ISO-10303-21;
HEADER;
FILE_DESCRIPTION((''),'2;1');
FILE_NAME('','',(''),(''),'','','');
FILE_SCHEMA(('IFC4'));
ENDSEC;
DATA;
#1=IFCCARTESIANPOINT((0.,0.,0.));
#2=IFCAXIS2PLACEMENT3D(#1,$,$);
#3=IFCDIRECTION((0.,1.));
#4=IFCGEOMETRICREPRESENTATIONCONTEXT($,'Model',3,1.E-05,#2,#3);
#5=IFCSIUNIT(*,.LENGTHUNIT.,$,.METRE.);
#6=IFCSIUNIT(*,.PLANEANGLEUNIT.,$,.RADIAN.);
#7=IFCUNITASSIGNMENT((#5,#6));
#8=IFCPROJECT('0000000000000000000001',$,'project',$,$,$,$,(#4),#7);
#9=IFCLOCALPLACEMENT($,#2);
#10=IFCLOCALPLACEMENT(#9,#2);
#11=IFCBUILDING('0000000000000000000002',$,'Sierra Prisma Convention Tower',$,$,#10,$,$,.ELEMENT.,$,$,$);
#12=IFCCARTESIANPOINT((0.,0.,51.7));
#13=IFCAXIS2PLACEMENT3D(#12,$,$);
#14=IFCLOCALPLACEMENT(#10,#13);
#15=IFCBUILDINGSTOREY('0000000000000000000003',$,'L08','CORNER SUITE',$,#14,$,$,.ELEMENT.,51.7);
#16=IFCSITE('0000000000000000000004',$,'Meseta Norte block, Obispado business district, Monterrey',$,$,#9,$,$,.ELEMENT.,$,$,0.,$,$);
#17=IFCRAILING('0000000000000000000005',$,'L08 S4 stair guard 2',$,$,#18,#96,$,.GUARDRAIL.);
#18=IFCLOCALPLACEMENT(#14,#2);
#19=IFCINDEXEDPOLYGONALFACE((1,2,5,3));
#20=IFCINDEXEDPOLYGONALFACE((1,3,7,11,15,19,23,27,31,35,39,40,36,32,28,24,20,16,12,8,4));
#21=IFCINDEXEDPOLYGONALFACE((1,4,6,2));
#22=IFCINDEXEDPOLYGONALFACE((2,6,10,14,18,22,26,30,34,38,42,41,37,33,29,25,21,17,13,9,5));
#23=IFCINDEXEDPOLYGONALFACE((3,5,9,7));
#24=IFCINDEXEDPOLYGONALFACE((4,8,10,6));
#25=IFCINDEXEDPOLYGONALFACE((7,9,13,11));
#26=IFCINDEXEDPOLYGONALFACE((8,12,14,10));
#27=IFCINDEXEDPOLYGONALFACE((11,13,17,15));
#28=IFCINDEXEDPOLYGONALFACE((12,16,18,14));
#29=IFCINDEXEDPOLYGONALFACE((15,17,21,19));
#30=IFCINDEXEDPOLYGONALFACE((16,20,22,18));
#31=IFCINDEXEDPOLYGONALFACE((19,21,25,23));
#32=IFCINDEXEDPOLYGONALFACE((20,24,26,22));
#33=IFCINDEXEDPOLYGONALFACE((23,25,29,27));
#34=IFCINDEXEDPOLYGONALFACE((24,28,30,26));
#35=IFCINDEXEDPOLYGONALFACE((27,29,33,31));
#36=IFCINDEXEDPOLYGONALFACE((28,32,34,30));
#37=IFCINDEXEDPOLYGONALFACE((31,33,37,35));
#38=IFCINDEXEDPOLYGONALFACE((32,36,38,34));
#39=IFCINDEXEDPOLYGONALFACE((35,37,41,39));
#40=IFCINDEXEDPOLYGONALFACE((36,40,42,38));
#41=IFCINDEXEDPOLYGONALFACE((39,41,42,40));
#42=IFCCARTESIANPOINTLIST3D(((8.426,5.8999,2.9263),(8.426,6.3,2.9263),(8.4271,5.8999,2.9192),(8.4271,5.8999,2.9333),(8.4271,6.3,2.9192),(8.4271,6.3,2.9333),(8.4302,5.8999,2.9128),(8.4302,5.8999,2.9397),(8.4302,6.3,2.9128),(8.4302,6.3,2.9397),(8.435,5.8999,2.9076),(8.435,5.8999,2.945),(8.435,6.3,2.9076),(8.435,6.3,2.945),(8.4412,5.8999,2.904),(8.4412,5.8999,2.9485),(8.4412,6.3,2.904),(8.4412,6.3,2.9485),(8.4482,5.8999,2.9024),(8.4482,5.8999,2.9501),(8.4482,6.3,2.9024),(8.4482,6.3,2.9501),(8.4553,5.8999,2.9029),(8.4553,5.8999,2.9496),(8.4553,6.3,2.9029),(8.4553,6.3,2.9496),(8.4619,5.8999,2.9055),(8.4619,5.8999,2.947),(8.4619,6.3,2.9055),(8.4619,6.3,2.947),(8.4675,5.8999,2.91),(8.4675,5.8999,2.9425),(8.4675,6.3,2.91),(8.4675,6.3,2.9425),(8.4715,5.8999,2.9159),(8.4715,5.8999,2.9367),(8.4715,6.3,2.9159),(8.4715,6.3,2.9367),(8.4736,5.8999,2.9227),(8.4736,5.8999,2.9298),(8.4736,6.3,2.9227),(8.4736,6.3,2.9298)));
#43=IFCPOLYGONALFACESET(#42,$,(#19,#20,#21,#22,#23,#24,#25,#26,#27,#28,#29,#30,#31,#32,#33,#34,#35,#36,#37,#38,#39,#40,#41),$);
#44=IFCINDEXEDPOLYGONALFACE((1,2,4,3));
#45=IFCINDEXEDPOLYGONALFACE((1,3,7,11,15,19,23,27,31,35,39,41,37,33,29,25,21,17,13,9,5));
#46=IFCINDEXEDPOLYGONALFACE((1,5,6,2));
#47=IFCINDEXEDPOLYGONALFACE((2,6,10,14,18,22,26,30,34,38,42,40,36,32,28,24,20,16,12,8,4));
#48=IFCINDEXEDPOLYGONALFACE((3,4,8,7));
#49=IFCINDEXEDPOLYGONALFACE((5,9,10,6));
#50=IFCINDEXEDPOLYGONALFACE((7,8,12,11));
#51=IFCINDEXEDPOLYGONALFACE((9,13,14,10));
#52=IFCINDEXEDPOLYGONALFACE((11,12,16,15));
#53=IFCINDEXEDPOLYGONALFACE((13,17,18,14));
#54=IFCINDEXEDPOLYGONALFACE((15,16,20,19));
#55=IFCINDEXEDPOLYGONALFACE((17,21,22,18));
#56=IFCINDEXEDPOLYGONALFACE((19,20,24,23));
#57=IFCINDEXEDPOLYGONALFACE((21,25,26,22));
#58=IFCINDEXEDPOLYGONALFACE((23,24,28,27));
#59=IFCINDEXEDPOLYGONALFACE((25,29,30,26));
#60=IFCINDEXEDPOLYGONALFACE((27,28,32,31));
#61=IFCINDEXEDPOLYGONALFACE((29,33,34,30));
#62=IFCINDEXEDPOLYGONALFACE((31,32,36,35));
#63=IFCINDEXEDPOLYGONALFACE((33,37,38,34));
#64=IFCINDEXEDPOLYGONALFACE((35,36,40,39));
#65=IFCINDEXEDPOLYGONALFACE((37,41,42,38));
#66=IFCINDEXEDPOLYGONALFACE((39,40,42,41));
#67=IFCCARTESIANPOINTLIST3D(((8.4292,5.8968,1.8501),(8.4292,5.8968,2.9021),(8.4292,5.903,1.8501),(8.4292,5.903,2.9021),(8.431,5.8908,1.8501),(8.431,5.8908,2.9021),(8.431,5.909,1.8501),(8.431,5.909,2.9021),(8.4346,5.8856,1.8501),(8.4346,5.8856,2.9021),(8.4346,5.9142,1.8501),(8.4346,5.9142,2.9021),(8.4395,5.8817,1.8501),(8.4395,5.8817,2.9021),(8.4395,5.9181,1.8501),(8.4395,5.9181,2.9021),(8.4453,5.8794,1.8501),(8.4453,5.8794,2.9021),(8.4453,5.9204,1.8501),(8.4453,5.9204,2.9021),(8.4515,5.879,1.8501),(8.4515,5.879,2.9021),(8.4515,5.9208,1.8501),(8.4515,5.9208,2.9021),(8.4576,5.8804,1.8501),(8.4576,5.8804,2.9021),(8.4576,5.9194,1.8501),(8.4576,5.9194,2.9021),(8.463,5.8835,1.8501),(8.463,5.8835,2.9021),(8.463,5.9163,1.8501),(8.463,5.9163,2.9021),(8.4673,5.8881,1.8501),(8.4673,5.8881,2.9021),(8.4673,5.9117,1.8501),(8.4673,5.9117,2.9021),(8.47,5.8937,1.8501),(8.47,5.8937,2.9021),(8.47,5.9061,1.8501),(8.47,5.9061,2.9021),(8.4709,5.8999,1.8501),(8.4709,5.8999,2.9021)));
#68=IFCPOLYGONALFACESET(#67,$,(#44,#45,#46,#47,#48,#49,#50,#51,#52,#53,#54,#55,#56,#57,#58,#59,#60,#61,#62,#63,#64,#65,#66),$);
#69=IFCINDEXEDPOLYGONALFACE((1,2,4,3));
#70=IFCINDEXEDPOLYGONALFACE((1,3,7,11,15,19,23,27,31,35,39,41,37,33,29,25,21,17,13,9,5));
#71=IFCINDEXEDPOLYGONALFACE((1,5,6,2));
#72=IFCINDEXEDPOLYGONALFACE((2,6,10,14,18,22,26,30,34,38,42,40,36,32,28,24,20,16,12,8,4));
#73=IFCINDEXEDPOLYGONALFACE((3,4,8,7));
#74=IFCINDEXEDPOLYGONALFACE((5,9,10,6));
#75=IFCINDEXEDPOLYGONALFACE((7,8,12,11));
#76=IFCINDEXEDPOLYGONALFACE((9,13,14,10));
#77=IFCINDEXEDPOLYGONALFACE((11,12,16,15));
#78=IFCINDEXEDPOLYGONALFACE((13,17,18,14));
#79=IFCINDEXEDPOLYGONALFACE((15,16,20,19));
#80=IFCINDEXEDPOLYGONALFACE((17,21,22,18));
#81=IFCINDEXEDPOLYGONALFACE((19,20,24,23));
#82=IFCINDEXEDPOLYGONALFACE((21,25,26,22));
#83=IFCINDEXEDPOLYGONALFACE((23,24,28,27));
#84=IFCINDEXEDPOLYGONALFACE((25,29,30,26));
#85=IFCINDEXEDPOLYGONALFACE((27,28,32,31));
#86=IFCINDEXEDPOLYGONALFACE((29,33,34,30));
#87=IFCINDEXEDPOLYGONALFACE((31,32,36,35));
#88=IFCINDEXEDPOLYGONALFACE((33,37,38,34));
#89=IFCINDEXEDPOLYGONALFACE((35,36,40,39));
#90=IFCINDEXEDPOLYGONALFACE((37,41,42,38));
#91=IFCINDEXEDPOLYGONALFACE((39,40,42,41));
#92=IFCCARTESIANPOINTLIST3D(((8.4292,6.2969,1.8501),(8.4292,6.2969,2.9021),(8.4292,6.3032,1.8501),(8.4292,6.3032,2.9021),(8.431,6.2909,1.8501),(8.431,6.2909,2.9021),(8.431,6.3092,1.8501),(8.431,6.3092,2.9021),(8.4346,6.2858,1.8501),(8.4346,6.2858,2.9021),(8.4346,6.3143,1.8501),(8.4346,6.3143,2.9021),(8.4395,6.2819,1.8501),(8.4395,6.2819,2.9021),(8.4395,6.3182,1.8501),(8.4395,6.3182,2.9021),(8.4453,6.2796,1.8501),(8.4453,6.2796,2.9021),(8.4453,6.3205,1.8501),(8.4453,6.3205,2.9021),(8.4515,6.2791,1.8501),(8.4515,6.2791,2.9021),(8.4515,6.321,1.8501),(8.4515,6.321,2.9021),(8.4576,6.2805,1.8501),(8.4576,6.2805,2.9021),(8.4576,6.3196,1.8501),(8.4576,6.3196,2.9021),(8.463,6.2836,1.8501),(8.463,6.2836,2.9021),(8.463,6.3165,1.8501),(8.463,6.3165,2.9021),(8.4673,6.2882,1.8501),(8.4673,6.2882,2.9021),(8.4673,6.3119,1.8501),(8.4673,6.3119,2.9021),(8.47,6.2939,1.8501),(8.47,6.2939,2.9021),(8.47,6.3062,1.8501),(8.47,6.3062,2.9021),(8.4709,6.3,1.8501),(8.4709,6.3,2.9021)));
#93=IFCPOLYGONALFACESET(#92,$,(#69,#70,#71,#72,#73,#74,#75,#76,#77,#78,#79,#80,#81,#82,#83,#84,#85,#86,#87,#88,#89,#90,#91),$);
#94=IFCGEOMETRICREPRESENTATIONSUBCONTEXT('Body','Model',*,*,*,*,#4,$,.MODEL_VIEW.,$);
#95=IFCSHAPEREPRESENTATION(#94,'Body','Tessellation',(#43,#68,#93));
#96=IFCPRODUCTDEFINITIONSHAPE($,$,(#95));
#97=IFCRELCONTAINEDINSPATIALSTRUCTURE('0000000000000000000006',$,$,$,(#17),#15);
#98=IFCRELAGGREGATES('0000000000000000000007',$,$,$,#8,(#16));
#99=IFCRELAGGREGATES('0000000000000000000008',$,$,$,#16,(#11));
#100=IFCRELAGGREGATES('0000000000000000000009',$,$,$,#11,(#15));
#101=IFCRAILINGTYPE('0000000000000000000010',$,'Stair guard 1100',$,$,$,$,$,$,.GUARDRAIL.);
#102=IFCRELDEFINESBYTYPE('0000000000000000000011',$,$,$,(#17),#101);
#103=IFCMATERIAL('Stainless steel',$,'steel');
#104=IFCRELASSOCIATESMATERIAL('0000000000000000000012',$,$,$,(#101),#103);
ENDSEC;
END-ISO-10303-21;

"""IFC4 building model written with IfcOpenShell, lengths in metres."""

from ifc_helpers import new_model, si_unit, direction, frame, origin, origin_2d, place, context, subcontext, project, spatial, circle, extrude, material, type_object, element, save


model = new_model("IFC4")

# Units and contexts
model_context = context("Model", 3, precision=1e-05, world=origin(), true_north=direction((0.0, 1.0)))
body_context = subcontext(model_context, "Body", "Model", "MODEL_VIEW")
ifc_project = project(units=[si_unit("LENGTHUNIT", "METRE"), si_unit("PLANEANGLEUNIT", "RADIAN")], contexts=[model_context])

# Site, building, storey
site_placement = place(None, origin())
site = spatial("IfcSite", under=ifc_project, at=site_placement, Name="Meseta Norte block, Obispado business district, Monterrey", CompositionType="ELEMENT", RefElevation=0.0)
building_placement = place(site_placement, origin())
building = spatial("IfcBuilding", under=site, at=building_placement, Name="Sierra Prisma Convention Tower", CompositionType="ELEMENT")
storey_placement = place(building_placement, frame((0.0, 0.0, 51.7)))
storey = spatial("IfcBuildingStorey", under=building, at=storey_placement, Name="L08", Description="CORNER SUITE", CompositionType="ELEMENT", Elevation=51.7)

# Railing
ifc_material_1 = material(Name="Stainless steel", Category="steel")
railing_type_1 = type_object("IfcRailingType", Name="Stair guard 1100", PredefinedType="GUARDRAIL", material=ifc_material_1)
railing_1_placement = place(storey_placement, frame((8.45, 5.8999, 1.8501)))
element("IfcRailing", 1, at=railing_1_placement, inside=storey, type_object=railing_type_1, Name="L08 S4 stair guard 2", PredefinedType="GUARDRAIL", context=body_context, shape_type="SweptSolid", body=[
    extrude(circle(Radius=0.0239, at=origin_2d()), frame((0.0, 0.0, 1.0762), z_axis=(0.0, 1.0, 0.0), x_axis=(-1.0, 0.0, 0.0)), (0.0, 0.0, 1.0), 0.4001),
    extrude(circle(Radius=0.021, at=origin_2d()), origin(), (0.0, 0.0, 1.0), 1.052),
    extrude(circle(Radius=0.021, at=origin_2d()), frame((0.0, 0.4001, 0.0)), (0.0, 0.0, 1.0), 1.052),
])

save(model, "model.ifc")
